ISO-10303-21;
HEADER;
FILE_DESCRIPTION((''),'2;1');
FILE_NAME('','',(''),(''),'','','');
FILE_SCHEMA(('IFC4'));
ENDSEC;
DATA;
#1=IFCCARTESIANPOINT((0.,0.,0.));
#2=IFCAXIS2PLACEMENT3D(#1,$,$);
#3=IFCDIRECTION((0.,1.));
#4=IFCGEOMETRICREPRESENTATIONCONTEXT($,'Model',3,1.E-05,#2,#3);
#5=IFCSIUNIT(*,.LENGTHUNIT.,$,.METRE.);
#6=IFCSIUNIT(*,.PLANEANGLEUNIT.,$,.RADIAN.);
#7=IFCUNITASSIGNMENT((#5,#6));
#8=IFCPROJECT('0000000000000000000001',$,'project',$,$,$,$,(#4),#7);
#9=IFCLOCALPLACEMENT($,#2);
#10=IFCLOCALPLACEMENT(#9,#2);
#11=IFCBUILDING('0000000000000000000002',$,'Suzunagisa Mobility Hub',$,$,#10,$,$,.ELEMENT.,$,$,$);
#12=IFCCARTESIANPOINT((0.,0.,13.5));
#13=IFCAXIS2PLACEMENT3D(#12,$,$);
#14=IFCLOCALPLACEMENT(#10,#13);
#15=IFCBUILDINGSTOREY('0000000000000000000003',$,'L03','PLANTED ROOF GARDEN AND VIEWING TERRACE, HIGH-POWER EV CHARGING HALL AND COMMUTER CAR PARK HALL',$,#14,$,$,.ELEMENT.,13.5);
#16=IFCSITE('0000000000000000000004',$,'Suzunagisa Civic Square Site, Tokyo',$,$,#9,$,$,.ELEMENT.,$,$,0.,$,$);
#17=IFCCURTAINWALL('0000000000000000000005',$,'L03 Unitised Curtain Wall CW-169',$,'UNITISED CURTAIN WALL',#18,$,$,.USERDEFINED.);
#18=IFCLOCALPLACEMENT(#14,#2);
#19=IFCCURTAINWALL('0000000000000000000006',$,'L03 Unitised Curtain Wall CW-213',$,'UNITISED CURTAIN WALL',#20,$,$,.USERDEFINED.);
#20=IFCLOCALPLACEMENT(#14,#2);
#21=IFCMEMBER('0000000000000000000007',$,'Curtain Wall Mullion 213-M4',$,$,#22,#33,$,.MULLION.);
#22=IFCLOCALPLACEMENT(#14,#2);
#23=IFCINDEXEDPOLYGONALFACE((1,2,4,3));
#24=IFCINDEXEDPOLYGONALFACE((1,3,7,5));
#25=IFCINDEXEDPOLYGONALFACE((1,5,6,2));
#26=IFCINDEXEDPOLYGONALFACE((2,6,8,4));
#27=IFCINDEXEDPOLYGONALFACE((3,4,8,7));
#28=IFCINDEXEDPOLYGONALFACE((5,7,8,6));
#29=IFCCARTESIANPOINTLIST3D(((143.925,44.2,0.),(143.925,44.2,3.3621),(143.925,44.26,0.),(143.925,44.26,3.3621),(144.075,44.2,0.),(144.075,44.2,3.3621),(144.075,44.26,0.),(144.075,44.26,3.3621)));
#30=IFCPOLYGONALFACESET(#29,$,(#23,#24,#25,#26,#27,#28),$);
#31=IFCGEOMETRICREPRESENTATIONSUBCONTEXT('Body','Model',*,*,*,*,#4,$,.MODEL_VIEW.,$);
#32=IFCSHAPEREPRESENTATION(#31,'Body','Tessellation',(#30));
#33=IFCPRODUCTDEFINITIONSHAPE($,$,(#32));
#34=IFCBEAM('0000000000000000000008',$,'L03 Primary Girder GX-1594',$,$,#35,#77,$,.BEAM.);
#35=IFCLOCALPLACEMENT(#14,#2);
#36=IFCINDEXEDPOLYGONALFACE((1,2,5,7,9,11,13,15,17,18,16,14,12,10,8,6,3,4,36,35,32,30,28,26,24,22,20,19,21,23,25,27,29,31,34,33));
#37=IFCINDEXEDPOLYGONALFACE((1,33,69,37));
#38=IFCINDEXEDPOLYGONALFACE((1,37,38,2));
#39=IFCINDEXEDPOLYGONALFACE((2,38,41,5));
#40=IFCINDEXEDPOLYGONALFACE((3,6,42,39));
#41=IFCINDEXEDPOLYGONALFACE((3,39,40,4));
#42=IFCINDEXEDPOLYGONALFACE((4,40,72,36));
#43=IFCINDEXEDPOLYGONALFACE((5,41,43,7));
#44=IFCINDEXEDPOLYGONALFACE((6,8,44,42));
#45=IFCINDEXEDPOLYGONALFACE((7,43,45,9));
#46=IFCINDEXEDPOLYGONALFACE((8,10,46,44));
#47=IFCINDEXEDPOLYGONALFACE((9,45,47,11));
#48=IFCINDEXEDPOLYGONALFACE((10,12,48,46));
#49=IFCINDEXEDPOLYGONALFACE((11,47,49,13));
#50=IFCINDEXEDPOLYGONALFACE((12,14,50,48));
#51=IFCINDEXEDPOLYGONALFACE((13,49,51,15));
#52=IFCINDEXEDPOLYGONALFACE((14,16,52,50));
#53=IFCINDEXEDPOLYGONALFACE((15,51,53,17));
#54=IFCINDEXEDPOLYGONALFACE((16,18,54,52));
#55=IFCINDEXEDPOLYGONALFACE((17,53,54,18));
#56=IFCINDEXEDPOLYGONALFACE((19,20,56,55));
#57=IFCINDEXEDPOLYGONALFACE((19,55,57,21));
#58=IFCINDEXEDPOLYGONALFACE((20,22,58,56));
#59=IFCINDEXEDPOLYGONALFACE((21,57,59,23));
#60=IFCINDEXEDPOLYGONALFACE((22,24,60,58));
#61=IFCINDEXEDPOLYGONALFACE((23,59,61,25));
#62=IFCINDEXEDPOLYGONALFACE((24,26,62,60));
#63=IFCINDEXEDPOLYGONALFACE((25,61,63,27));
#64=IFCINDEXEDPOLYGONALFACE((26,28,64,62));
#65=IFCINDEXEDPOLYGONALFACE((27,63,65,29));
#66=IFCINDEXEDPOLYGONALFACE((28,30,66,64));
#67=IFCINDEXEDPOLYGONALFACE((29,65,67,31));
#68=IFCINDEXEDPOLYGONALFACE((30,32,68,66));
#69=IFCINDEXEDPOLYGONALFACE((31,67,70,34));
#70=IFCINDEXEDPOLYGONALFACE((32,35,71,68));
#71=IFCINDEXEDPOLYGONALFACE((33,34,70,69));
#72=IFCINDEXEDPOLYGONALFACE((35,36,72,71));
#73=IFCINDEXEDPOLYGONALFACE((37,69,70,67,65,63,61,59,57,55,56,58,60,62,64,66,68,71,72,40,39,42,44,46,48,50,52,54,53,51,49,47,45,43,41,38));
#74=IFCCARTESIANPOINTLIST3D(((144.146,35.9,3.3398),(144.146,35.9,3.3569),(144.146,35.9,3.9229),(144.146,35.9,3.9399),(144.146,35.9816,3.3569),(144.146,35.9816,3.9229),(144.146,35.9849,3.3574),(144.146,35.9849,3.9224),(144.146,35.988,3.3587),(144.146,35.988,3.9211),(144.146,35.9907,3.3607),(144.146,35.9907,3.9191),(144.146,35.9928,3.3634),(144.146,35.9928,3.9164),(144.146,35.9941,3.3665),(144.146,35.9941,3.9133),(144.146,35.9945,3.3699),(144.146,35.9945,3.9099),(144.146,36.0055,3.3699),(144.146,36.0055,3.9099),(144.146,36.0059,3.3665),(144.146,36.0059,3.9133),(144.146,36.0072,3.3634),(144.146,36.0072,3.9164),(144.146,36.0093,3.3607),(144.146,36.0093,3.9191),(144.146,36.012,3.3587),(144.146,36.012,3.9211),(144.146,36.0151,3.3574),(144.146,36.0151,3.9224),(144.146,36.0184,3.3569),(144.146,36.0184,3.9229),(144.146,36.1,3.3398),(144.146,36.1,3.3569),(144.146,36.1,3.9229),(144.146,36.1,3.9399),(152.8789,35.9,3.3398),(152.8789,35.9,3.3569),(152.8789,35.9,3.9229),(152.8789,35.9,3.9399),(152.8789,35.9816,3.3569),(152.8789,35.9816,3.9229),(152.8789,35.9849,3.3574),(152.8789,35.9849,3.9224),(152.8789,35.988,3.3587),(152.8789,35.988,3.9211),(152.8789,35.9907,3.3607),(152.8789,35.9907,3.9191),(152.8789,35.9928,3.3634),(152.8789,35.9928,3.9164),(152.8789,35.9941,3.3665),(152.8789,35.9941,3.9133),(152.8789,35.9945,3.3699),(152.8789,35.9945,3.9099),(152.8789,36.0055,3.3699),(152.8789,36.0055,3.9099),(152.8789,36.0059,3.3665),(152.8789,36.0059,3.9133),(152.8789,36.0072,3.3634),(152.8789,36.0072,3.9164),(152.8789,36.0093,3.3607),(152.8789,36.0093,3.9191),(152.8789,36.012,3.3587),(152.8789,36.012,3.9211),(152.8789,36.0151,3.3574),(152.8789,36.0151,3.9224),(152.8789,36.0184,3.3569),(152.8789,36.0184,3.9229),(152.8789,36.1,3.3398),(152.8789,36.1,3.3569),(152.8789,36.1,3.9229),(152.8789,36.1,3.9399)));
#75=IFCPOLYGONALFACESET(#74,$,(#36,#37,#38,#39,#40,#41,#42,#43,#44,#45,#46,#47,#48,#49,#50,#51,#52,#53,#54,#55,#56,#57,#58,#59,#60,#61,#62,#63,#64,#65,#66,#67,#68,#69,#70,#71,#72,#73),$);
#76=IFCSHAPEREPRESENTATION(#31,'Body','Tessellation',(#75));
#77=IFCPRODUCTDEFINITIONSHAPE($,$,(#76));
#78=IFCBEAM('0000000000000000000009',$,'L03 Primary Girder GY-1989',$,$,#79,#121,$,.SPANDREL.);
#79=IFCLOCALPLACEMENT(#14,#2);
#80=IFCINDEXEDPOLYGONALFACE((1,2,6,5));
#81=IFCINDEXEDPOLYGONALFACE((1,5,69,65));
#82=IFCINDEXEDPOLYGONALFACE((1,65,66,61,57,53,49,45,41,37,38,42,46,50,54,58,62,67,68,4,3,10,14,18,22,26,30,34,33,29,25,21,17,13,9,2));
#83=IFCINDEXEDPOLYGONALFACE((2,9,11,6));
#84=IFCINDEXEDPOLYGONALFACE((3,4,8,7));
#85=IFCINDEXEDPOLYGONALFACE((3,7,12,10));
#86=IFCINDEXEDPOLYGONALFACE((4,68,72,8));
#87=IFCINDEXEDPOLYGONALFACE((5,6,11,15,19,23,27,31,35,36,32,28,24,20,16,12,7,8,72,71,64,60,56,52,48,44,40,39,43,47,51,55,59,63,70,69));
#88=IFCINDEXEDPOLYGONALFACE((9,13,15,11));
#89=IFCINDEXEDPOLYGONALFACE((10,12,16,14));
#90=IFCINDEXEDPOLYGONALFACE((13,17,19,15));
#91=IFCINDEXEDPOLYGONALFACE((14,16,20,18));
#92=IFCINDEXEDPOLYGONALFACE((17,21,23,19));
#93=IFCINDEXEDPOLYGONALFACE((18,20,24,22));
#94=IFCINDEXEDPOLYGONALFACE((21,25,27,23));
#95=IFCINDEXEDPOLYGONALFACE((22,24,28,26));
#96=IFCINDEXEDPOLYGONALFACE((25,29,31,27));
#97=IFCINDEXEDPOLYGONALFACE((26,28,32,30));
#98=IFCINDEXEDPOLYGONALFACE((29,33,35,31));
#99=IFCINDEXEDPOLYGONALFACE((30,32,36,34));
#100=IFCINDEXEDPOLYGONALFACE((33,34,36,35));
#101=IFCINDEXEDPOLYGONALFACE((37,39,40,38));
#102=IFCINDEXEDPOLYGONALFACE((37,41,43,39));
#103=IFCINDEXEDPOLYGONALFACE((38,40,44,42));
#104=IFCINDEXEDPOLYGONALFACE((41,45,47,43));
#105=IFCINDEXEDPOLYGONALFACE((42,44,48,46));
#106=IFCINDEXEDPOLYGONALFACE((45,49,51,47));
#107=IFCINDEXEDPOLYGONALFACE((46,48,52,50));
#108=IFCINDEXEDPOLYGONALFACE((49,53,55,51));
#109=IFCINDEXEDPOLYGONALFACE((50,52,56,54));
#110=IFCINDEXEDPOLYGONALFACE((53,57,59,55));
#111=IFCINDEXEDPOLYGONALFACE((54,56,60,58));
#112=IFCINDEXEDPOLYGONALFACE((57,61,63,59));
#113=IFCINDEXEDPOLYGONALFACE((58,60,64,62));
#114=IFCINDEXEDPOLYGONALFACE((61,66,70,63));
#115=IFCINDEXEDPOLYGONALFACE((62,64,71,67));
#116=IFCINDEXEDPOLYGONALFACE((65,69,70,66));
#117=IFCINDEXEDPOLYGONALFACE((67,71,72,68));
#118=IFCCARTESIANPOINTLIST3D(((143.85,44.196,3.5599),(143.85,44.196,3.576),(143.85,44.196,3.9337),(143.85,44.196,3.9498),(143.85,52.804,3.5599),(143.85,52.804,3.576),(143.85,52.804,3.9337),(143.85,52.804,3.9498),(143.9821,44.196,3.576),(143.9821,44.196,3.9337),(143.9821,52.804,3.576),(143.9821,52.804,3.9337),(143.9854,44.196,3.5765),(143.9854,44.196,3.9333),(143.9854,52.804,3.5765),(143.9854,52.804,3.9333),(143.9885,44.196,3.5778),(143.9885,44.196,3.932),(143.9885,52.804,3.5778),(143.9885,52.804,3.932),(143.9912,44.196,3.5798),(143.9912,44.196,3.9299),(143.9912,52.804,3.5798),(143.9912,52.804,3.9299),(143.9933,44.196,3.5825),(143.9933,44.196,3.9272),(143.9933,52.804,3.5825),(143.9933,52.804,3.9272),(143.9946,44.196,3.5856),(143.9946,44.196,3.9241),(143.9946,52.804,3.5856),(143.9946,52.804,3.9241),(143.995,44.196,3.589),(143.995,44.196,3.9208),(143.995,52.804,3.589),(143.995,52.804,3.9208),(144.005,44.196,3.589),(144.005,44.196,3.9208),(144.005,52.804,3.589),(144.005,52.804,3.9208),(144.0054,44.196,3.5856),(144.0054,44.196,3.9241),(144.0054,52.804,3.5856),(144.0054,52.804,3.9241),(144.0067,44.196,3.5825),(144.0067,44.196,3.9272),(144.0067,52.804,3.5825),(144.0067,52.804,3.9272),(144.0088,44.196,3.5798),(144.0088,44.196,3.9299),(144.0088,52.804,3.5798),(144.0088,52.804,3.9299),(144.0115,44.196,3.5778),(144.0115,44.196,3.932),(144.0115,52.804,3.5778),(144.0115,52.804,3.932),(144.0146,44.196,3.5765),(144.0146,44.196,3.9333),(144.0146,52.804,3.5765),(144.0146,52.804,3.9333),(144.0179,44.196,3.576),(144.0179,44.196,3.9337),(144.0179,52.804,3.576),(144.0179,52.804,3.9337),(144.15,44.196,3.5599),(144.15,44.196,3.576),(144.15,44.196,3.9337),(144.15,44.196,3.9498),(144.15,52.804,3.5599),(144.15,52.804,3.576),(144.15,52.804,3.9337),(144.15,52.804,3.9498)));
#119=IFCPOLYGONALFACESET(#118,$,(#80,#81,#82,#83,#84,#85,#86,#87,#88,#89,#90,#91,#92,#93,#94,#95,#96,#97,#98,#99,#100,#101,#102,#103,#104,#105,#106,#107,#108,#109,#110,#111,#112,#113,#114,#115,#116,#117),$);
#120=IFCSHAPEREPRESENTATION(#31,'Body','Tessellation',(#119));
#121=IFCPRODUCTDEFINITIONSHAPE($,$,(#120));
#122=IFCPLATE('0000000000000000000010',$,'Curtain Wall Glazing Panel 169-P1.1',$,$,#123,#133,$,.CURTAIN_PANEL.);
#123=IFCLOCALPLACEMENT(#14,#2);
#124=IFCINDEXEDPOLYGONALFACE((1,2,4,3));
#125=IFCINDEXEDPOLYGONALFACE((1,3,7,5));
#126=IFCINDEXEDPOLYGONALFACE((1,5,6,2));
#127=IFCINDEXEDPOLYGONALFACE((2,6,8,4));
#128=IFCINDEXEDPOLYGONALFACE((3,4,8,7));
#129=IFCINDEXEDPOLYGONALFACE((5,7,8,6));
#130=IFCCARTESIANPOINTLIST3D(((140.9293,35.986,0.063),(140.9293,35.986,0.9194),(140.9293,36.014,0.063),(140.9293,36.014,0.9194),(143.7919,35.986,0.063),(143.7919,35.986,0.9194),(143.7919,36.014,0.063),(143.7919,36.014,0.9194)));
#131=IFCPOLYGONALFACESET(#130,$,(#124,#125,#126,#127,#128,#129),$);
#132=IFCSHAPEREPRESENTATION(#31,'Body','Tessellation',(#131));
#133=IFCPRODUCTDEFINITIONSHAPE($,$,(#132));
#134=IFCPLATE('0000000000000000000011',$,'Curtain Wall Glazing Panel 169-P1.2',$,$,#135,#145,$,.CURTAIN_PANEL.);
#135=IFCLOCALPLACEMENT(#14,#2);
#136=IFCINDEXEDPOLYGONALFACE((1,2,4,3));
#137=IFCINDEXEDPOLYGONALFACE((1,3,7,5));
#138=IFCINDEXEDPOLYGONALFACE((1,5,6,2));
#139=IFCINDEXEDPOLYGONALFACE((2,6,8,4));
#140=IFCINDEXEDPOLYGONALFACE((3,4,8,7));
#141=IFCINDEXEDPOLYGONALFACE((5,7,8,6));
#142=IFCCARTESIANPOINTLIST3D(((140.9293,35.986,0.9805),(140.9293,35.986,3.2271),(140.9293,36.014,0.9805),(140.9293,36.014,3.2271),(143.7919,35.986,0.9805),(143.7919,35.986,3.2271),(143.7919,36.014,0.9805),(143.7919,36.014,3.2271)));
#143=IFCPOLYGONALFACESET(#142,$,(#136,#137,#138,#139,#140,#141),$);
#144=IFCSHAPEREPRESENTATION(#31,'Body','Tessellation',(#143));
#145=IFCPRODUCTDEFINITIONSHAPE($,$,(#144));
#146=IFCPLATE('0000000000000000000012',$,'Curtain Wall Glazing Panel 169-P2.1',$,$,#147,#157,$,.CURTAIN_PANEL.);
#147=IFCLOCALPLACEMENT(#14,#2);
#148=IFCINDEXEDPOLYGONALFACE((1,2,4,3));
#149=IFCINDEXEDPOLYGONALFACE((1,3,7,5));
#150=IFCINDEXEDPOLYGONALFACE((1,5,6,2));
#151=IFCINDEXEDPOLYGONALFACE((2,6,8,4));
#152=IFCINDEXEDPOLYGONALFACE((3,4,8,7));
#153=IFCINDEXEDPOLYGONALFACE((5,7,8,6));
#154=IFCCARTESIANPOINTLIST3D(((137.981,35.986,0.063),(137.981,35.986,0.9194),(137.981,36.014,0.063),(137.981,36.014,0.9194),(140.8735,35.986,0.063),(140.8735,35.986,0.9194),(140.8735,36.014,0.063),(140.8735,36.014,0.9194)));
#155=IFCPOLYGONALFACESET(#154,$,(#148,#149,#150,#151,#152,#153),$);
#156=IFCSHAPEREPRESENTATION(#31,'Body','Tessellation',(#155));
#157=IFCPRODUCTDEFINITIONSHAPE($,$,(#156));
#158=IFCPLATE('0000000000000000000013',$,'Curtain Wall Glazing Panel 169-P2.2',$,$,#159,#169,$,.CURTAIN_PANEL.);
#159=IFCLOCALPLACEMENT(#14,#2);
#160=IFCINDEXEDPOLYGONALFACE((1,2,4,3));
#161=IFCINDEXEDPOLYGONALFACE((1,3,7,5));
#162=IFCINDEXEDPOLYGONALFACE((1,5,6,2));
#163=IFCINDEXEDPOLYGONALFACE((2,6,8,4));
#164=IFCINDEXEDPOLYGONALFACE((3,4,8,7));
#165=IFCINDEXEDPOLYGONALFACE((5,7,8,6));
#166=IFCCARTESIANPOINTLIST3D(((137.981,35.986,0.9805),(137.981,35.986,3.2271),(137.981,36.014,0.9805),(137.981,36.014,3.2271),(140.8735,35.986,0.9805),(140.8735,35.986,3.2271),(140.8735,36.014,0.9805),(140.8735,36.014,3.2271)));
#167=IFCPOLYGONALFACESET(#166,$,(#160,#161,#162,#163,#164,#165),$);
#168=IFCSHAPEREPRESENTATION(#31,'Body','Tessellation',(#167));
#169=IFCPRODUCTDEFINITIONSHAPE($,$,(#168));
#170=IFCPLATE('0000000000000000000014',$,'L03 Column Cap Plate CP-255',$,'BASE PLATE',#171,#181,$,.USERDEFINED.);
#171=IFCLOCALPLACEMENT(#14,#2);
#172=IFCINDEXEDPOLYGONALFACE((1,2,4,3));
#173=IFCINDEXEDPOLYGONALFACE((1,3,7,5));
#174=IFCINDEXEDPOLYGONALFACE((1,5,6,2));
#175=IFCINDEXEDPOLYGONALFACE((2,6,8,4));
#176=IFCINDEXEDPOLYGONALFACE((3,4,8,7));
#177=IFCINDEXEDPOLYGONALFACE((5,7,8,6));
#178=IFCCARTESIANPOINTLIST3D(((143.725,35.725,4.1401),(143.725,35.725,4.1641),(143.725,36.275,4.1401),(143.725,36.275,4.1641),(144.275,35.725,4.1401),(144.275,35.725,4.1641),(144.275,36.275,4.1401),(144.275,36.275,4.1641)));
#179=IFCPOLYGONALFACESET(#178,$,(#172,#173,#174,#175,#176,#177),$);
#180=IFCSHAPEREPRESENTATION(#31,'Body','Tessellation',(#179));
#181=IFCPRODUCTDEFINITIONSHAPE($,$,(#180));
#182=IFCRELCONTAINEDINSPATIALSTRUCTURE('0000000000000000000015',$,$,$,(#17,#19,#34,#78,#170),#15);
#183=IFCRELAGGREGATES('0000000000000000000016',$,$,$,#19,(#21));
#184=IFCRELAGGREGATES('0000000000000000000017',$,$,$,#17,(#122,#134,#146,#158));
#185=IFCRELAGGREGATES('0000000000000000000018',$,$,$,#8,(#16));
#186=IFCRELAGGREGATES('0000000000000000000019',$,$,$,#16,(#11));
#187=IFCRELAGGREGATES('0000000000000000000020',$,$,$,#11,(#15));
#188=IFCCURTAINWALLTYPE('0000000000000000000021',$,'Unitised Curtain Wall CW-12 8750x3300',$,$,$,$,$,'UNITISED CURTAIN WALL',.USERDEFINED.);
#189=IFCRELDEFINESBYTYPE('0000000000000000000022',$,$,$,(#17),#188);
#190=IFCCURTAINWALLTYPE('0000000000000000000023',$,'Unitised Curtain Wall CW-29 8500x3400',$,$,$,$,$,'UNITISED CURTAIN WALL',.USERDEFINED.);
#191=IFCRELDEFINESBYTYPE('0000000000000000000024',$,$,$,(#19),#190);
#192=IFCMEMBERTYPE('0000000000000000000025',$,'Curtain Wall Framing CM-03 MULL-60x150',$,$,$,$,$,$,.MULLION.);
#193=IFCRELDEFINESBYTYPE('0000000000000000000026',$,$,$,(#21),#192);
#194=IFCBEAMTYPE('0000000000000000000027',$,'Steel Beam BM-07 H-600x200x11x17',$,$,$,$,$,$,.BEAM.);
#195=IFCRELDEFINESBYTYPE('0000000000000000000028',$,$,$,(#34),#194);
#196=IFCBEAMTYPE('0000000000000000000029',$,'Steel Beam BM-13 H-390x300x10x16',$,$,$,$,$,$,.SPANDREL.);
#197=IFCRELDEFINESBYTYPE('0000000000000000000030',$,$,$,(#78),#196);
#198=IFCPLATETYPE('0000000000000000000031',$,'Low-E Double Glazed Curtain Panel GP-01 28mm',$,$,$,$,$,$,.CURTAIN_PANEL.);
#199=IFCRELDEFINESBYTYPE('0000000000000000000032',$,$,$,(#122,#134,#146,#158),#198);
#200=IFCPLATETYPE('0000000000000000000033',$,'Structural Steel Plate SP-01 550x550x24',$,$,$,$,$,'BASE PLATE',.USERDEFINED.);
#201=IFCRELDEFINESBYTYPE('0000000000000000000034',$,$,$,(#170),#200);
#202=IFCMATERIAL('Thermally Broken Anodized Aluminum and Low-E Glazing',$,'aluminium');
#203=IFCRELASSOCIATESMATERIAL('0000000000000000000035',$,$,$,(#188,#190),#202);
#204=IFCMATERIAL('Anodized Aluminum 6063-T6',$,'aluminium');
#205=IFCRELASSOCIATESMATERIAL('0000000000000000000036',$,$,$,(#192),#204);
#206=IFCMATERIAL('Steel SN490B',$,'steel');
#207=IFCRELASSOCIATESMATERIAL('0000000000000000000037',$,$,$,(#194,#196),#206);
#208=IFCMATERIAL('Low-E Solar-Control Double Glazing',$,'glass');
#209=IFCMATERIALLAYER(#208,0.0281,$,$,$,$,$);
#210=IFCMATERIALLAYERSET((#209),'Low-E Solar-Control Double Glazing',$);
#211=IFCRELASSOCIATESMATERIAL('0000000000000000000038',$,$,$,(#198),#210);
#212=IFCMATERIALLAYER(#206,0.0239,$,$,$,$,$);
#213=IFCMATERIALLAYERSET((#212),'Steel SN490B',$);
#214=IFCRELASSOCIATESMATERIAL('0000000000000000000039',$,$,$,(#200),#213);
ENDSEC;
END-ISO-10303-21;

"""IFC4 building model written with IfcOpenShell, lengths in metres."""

from ifc_helpers import new_model, si_unit, direction, frame, origin, origin_2d, place, context, subcontext, project, spatial, rectangle, i_section, extrude, material, layer, layer_set, material_profile, profile_set, type_object, element, aggregate, save


model = new_model("IFC4")

# Units and contexts
model_context = context("Model", 3, precision=1e-05, world=origin(), true_north=direction((0.0, 1.0)))
body_context = subcontext(model_context, "Body", "Model", "MODEL_VIEW")
ifc_project = project(units=[si_unit("LENGTHUNIT", "METRE"), si_unit("PLANEANGLEUNIT", "RADIAN")], contexts=[model_context])

# Site, building, storey
site_placement = place(None, origin())
site = spatial("IfcSite", under=ifc_project, at=site_placement, Name="Suzunagisa Civic Square Site, Tokyo", CompositionType="ELEMENT", RefElevation=0.0)
building_placement = place(site_placement, origin())
building = spatial("IfcBuilding", under=site, at=building_placement, Name="Suzunagisa Mobility Hub", CompositionType="ELEMENT")
storey_placement = place(building_placement, frame((0.0, 0.0, 13.5)))
storey = spatial("IfcBuildingStorey", under=building, at=storey_placement, Name="L03", Description="PLANTED ROOF GARDEN AND VIEWING TERRACE, HIGH-POWER EV CHARGING HALL AND COMMUTER CAR PARK HALL", CompositionType="ELEMENT", Elevation=13.5)

# Shared definitions
ifc_material_1 = material(Name="Steel SN490B", Category="steel")

# Curtain wall
ifc_material_2 = material(Name="Thermally Broken Anodized Aluminum and Low-E Glazing", Category="aluminium")
curtain_wall_type_1 = type_object("IfcCurtainWallType", Name="Unitised Curtain Wall CW-12 8750x3300", ElementType="UNITISED CURTAIN WALL", PredefinedType="USERDEFINED", material=ifc_material_2)
curtain_wall_1_placement = place(storey_placement, origin())
curtain_wall_1 = element("IfcCurtainWall", 1, at=curtain_wall_1_placement, inside=storey, type_object=curtain_wall_type_1, Name="L03 Unitised Curtain Wall CW-169", ObjectType="UNITISED CURTAIN WALL", PredefinedType="USERDEFINED")
ifc_material_3 = material(Name="Anodized Aluminum 6063-T6", Category="aluminium")
ifc_material_profile_1 = material_profile(ifc_material_3, rectangle(XDim=0.0601, YDim=0.1499, at=origin_2d()), Name="MULL-60x150")
ifc_profile_set_1 = profile_set([ifc_material_profile_1], Name="Anodized Aluminum 6063-T6")
member_type_1 = type_object("IfcMemberType", Name="Curtain Wall Framing CM-03 MULL-60x150", PredefinedType="MULLION", material=ifc_profile_set_1)

# Curtain wall, member
curtain_wall_type_2 = type_object("IfcCurtainWallType", Name="Unitised Curtain Wall CW-29 8500x3400", ElementType="UNITISED CURTAIN WALL", PredefinedType="USERDEFINED", material=ifc_material_2)
curtain_wall_2_placement = place(storey_placement, origin())
curtain_wall_2 = element("IfcCurtainWall", 2, at=curtain_wall_2_placement, inside=storey, type_object=curtain_wall_type_2, Name="L03 Unitised Curtain Wall CW-213", ObjectType="UNITISED CURTAIN WALL", PredefinedType="USERDEFINED")
member_1_placement = place(storey_placement, frame((144.0, 44.23, 0.0), z_axis=(0.0, 0.0, 1.0), x_axis=(0.0, -1.0, 0.0)))
member_1 = element("IfcMember", 3, at=member_1_placement, type_object=member_type_1, Name="Curtain Wall Mullion 213-M4", PredefinedType="MULLION", context=body_context, shape_type="SweptSolid", body=[
    extrude(rectangle(XDim=0.0601, YDim=0.1499, at=origin_2d()), origin(), (0.0, 0.0, 1.0), 3.3621),
])
aggregate(curtain_wall_2, [member_1])

# Beams
ifc_material_profile_2 = material_profile(ifc_material_1, i_section(OverallWidth=0.2, OverallDepth=0.6001, WebThickness=0.011, FlangeThickness=0.0171, FilletRadius=0.0129, at=origin_2d()), Name="H-600x200x11x17")
ifc_profile_set_2 = profile_set([ifc_material_profile_2], Name="Steel SN490B")
beam_type_1 = type_object("IfcBeamType", Name="Steel Beam BM-07 H-600x200x11x17", PredefinedType="BEAM", material=ifc_profile_set_2)
beam_1_placement = place(storey_placement, frame((144.146, 36.0, 3.6399), z_axis=(1.0, 0.0, 0.0), x_axis=(0.0, 1.0, 0.0)))
element("IfcBeam", 4, at=beam_1_placement, inside=storey, type_object=beam_type_1, Name="L03 Primary Girder GX-1594", PredefinedType="BEAM", context=body_context, shape_type="SweptSolid", body=[
    extrude(i_section(OverallWidth=0.2, OverallDepth=0.6001, WebThickness=0.011, FlangeThickness=0.0171, FilletRadius=0.0129, at=origin_2d()), origin(), (0.0, 0.0, 1.0), 8.7329),
])
ifc_material_profile_3 = material_profile(ifc_material_1, i_section(OverallWidth=0.3, OverallDepth=0.3899, WebThickness=0.01, FlangeThickness=0.0161, FilletRadius=0.0129, at=origin_2d()), Name="H-390x300x10x16")
ifc_profile_set_3 = profile_set([ifc_material_profile_3], Name="Steel SN490B")
beam_type_2 = type_object("IfcBeamType", Name="Steel Beam BM-13 H-390x300x10x16", PredefinedType="SPANDREL", material=ifc_profile_set_3)
beam_2_placement = place(storey_placement, frame((144.0, 44.196, 3.7549), z_axis=(0.0, 1.0, 0.0), x_axis=(-1.0, 0.0, 0.0)))
element("IfcBeam", 5, at=beam_2_placement, inside=storey, type_object=beam_type_2, Name="L03 Primary Girder GY-1989", PredefinedType="SPANDREL", context=body_context, shape_type="SweptSolid", body=[
    extrude(i_section(OverallWidth=0.3, OverallDepth=0.3899, WebThickness=0.01, FlangeThickness=0.0161, FilletRadius=0.0129, at=origin_2d()), origin(), (0.0, 0.0, 1.0), 8.6079),
])

# Plates
ifc_material_4 = material(Name="Low-E Solar-Control Double Glazing", Category="glass")
ifc_layer_1 = layer(ifc_material_4, 0.0281)
ifc_layer_set_1 = layer_set([ifc_layer_1], Name="Low-E Solar-Control Double Glazing")
plate_type_1 = type_object("IfcPlateType", Name="Low-E Double Glazed Curtain Panel GP-01 28mm", PredefinedType="CURTAIN_PANEL", material=ifc_layer_set_1)
plate_1_placement = place(storey_placement, frame((142.3606, 36.0, 0.063), z_axis=(0.0, 0.0, 1.0), x_axis=(-1.0, 0.0, 0.0)))
plate_1 = element("IfcPlate", 6, at=plate_1_placement, type_object=plate_type_1, Name="Curtain Wall Glazing Panel 169-P1.1", PredefinedType="CURTAIN_PANEL", context=body_context, shape_type="SweptSolid", body=[
    extrude(rectangle(XDim=2.8625, YDim=0.0281, at=origin_2d()), origin(), (0.0, 0.0, 1.0), 0.8564),
])
plate_2_placement = place(storey_placement, frame((142.3606, 36.0, 0.9805), z_axis=(0.0, 0.0, 1.0), x_axis=(-1.0, 0.0, 0.0)))
plate_2 = element("IfcPlate", 7, at=plate_2_placement, type_object=plate_type_1, Name="Curtain Wall Glazing Panel 169-P1.2", PredefinedType="CURTAIN_PANEL", context=body_context, shape_type="SweptSolid", body=[
    extrude(rectangle(XDim=2.8625, YDim=0.0281, at=origin_2d()), origin(), (0.0, 0.0, 1.0), 2.2466),
])
plate_3_placement = place(storey_placement, frame((139.4272, 36.0, 0.063), z_axis=(0.0, 0.0, 1.0), x_axis=(-1.0, 0.0, 0.0)))
plate_3 = element("IfcPlate", 8, at=plate_3_placement, type_object=plate_type_1, Name="Curtain Wall Glazing Panel 169-P2.1", PredefinedType="CURTAIN_PANEL", context=body_context, shape_type="SweptSolid", body=[
    extrude(rectangle(XDim=2.8926, YDim=0.0281, at=origin_2d()), origin(), (0.0, 0.0, 1.0), 0.8564),
])
plate_4_placement = place(storey_placement, frame((139.4272, 36.0, 0.9805), z_axis=(0.0, 0.0, 1.0), x_axis=(-1.0, 0.0, 0.0)))
plate_4 = element("IfcPlate", 9, at=plate_4_placement, type_object=plate_type_1, Name="Curtain Wall Glazing Panel 169-P2.2", PredefinedType="CURTAIN_PANEL", context=body_context, shape_type="SweptSolid", body=[
    extrude(rectangle(XDim=2.8926, YDim=0.0281, at=origin_2d()), origin(), (0.0, 0.0, 1.0), 2.2466),
])
aggregate(curtain_wall_1, [plate_1, plate_2, plate_3, plate_4])
ifc_layer_2 = layer(ifc_material_1, 0.0239)
ifc_layer_set_2 = layer_set([ifc_layer_2], Name="Steel SN490B")
plate_type_2 = type_object("IfcPlateType", Name="Structural Steel Plate SP-01 550x550x24", ElementType="BASE PLATE", PredefinedType="USERDEFINED", material=ifc_layer_set_2)
plate_5_placement = place(storey_placement, frame((144.0, 36.0, 4.1401), z_axis=(0.0, 0.0, 1.0), x_axis=(1.0, 0.0, 0.0)))
element("IfcPlate", 10, at=plate_5_placement, inside=storey, type_object=plate_type_2, Name="L03 Column Cap Plate CP-255", ObjectType="BASE PLATE", PredefinedType="USERDEFINED", context=body_context, shape_type="SweptSolid", body=[
    extrude(rectangle(XDim=0.55, YDim=0.55, at=origin_2d()), origin(), (0.0, 0.0, 1.0), 0.0239),
])

save(model, "model.ifc")
